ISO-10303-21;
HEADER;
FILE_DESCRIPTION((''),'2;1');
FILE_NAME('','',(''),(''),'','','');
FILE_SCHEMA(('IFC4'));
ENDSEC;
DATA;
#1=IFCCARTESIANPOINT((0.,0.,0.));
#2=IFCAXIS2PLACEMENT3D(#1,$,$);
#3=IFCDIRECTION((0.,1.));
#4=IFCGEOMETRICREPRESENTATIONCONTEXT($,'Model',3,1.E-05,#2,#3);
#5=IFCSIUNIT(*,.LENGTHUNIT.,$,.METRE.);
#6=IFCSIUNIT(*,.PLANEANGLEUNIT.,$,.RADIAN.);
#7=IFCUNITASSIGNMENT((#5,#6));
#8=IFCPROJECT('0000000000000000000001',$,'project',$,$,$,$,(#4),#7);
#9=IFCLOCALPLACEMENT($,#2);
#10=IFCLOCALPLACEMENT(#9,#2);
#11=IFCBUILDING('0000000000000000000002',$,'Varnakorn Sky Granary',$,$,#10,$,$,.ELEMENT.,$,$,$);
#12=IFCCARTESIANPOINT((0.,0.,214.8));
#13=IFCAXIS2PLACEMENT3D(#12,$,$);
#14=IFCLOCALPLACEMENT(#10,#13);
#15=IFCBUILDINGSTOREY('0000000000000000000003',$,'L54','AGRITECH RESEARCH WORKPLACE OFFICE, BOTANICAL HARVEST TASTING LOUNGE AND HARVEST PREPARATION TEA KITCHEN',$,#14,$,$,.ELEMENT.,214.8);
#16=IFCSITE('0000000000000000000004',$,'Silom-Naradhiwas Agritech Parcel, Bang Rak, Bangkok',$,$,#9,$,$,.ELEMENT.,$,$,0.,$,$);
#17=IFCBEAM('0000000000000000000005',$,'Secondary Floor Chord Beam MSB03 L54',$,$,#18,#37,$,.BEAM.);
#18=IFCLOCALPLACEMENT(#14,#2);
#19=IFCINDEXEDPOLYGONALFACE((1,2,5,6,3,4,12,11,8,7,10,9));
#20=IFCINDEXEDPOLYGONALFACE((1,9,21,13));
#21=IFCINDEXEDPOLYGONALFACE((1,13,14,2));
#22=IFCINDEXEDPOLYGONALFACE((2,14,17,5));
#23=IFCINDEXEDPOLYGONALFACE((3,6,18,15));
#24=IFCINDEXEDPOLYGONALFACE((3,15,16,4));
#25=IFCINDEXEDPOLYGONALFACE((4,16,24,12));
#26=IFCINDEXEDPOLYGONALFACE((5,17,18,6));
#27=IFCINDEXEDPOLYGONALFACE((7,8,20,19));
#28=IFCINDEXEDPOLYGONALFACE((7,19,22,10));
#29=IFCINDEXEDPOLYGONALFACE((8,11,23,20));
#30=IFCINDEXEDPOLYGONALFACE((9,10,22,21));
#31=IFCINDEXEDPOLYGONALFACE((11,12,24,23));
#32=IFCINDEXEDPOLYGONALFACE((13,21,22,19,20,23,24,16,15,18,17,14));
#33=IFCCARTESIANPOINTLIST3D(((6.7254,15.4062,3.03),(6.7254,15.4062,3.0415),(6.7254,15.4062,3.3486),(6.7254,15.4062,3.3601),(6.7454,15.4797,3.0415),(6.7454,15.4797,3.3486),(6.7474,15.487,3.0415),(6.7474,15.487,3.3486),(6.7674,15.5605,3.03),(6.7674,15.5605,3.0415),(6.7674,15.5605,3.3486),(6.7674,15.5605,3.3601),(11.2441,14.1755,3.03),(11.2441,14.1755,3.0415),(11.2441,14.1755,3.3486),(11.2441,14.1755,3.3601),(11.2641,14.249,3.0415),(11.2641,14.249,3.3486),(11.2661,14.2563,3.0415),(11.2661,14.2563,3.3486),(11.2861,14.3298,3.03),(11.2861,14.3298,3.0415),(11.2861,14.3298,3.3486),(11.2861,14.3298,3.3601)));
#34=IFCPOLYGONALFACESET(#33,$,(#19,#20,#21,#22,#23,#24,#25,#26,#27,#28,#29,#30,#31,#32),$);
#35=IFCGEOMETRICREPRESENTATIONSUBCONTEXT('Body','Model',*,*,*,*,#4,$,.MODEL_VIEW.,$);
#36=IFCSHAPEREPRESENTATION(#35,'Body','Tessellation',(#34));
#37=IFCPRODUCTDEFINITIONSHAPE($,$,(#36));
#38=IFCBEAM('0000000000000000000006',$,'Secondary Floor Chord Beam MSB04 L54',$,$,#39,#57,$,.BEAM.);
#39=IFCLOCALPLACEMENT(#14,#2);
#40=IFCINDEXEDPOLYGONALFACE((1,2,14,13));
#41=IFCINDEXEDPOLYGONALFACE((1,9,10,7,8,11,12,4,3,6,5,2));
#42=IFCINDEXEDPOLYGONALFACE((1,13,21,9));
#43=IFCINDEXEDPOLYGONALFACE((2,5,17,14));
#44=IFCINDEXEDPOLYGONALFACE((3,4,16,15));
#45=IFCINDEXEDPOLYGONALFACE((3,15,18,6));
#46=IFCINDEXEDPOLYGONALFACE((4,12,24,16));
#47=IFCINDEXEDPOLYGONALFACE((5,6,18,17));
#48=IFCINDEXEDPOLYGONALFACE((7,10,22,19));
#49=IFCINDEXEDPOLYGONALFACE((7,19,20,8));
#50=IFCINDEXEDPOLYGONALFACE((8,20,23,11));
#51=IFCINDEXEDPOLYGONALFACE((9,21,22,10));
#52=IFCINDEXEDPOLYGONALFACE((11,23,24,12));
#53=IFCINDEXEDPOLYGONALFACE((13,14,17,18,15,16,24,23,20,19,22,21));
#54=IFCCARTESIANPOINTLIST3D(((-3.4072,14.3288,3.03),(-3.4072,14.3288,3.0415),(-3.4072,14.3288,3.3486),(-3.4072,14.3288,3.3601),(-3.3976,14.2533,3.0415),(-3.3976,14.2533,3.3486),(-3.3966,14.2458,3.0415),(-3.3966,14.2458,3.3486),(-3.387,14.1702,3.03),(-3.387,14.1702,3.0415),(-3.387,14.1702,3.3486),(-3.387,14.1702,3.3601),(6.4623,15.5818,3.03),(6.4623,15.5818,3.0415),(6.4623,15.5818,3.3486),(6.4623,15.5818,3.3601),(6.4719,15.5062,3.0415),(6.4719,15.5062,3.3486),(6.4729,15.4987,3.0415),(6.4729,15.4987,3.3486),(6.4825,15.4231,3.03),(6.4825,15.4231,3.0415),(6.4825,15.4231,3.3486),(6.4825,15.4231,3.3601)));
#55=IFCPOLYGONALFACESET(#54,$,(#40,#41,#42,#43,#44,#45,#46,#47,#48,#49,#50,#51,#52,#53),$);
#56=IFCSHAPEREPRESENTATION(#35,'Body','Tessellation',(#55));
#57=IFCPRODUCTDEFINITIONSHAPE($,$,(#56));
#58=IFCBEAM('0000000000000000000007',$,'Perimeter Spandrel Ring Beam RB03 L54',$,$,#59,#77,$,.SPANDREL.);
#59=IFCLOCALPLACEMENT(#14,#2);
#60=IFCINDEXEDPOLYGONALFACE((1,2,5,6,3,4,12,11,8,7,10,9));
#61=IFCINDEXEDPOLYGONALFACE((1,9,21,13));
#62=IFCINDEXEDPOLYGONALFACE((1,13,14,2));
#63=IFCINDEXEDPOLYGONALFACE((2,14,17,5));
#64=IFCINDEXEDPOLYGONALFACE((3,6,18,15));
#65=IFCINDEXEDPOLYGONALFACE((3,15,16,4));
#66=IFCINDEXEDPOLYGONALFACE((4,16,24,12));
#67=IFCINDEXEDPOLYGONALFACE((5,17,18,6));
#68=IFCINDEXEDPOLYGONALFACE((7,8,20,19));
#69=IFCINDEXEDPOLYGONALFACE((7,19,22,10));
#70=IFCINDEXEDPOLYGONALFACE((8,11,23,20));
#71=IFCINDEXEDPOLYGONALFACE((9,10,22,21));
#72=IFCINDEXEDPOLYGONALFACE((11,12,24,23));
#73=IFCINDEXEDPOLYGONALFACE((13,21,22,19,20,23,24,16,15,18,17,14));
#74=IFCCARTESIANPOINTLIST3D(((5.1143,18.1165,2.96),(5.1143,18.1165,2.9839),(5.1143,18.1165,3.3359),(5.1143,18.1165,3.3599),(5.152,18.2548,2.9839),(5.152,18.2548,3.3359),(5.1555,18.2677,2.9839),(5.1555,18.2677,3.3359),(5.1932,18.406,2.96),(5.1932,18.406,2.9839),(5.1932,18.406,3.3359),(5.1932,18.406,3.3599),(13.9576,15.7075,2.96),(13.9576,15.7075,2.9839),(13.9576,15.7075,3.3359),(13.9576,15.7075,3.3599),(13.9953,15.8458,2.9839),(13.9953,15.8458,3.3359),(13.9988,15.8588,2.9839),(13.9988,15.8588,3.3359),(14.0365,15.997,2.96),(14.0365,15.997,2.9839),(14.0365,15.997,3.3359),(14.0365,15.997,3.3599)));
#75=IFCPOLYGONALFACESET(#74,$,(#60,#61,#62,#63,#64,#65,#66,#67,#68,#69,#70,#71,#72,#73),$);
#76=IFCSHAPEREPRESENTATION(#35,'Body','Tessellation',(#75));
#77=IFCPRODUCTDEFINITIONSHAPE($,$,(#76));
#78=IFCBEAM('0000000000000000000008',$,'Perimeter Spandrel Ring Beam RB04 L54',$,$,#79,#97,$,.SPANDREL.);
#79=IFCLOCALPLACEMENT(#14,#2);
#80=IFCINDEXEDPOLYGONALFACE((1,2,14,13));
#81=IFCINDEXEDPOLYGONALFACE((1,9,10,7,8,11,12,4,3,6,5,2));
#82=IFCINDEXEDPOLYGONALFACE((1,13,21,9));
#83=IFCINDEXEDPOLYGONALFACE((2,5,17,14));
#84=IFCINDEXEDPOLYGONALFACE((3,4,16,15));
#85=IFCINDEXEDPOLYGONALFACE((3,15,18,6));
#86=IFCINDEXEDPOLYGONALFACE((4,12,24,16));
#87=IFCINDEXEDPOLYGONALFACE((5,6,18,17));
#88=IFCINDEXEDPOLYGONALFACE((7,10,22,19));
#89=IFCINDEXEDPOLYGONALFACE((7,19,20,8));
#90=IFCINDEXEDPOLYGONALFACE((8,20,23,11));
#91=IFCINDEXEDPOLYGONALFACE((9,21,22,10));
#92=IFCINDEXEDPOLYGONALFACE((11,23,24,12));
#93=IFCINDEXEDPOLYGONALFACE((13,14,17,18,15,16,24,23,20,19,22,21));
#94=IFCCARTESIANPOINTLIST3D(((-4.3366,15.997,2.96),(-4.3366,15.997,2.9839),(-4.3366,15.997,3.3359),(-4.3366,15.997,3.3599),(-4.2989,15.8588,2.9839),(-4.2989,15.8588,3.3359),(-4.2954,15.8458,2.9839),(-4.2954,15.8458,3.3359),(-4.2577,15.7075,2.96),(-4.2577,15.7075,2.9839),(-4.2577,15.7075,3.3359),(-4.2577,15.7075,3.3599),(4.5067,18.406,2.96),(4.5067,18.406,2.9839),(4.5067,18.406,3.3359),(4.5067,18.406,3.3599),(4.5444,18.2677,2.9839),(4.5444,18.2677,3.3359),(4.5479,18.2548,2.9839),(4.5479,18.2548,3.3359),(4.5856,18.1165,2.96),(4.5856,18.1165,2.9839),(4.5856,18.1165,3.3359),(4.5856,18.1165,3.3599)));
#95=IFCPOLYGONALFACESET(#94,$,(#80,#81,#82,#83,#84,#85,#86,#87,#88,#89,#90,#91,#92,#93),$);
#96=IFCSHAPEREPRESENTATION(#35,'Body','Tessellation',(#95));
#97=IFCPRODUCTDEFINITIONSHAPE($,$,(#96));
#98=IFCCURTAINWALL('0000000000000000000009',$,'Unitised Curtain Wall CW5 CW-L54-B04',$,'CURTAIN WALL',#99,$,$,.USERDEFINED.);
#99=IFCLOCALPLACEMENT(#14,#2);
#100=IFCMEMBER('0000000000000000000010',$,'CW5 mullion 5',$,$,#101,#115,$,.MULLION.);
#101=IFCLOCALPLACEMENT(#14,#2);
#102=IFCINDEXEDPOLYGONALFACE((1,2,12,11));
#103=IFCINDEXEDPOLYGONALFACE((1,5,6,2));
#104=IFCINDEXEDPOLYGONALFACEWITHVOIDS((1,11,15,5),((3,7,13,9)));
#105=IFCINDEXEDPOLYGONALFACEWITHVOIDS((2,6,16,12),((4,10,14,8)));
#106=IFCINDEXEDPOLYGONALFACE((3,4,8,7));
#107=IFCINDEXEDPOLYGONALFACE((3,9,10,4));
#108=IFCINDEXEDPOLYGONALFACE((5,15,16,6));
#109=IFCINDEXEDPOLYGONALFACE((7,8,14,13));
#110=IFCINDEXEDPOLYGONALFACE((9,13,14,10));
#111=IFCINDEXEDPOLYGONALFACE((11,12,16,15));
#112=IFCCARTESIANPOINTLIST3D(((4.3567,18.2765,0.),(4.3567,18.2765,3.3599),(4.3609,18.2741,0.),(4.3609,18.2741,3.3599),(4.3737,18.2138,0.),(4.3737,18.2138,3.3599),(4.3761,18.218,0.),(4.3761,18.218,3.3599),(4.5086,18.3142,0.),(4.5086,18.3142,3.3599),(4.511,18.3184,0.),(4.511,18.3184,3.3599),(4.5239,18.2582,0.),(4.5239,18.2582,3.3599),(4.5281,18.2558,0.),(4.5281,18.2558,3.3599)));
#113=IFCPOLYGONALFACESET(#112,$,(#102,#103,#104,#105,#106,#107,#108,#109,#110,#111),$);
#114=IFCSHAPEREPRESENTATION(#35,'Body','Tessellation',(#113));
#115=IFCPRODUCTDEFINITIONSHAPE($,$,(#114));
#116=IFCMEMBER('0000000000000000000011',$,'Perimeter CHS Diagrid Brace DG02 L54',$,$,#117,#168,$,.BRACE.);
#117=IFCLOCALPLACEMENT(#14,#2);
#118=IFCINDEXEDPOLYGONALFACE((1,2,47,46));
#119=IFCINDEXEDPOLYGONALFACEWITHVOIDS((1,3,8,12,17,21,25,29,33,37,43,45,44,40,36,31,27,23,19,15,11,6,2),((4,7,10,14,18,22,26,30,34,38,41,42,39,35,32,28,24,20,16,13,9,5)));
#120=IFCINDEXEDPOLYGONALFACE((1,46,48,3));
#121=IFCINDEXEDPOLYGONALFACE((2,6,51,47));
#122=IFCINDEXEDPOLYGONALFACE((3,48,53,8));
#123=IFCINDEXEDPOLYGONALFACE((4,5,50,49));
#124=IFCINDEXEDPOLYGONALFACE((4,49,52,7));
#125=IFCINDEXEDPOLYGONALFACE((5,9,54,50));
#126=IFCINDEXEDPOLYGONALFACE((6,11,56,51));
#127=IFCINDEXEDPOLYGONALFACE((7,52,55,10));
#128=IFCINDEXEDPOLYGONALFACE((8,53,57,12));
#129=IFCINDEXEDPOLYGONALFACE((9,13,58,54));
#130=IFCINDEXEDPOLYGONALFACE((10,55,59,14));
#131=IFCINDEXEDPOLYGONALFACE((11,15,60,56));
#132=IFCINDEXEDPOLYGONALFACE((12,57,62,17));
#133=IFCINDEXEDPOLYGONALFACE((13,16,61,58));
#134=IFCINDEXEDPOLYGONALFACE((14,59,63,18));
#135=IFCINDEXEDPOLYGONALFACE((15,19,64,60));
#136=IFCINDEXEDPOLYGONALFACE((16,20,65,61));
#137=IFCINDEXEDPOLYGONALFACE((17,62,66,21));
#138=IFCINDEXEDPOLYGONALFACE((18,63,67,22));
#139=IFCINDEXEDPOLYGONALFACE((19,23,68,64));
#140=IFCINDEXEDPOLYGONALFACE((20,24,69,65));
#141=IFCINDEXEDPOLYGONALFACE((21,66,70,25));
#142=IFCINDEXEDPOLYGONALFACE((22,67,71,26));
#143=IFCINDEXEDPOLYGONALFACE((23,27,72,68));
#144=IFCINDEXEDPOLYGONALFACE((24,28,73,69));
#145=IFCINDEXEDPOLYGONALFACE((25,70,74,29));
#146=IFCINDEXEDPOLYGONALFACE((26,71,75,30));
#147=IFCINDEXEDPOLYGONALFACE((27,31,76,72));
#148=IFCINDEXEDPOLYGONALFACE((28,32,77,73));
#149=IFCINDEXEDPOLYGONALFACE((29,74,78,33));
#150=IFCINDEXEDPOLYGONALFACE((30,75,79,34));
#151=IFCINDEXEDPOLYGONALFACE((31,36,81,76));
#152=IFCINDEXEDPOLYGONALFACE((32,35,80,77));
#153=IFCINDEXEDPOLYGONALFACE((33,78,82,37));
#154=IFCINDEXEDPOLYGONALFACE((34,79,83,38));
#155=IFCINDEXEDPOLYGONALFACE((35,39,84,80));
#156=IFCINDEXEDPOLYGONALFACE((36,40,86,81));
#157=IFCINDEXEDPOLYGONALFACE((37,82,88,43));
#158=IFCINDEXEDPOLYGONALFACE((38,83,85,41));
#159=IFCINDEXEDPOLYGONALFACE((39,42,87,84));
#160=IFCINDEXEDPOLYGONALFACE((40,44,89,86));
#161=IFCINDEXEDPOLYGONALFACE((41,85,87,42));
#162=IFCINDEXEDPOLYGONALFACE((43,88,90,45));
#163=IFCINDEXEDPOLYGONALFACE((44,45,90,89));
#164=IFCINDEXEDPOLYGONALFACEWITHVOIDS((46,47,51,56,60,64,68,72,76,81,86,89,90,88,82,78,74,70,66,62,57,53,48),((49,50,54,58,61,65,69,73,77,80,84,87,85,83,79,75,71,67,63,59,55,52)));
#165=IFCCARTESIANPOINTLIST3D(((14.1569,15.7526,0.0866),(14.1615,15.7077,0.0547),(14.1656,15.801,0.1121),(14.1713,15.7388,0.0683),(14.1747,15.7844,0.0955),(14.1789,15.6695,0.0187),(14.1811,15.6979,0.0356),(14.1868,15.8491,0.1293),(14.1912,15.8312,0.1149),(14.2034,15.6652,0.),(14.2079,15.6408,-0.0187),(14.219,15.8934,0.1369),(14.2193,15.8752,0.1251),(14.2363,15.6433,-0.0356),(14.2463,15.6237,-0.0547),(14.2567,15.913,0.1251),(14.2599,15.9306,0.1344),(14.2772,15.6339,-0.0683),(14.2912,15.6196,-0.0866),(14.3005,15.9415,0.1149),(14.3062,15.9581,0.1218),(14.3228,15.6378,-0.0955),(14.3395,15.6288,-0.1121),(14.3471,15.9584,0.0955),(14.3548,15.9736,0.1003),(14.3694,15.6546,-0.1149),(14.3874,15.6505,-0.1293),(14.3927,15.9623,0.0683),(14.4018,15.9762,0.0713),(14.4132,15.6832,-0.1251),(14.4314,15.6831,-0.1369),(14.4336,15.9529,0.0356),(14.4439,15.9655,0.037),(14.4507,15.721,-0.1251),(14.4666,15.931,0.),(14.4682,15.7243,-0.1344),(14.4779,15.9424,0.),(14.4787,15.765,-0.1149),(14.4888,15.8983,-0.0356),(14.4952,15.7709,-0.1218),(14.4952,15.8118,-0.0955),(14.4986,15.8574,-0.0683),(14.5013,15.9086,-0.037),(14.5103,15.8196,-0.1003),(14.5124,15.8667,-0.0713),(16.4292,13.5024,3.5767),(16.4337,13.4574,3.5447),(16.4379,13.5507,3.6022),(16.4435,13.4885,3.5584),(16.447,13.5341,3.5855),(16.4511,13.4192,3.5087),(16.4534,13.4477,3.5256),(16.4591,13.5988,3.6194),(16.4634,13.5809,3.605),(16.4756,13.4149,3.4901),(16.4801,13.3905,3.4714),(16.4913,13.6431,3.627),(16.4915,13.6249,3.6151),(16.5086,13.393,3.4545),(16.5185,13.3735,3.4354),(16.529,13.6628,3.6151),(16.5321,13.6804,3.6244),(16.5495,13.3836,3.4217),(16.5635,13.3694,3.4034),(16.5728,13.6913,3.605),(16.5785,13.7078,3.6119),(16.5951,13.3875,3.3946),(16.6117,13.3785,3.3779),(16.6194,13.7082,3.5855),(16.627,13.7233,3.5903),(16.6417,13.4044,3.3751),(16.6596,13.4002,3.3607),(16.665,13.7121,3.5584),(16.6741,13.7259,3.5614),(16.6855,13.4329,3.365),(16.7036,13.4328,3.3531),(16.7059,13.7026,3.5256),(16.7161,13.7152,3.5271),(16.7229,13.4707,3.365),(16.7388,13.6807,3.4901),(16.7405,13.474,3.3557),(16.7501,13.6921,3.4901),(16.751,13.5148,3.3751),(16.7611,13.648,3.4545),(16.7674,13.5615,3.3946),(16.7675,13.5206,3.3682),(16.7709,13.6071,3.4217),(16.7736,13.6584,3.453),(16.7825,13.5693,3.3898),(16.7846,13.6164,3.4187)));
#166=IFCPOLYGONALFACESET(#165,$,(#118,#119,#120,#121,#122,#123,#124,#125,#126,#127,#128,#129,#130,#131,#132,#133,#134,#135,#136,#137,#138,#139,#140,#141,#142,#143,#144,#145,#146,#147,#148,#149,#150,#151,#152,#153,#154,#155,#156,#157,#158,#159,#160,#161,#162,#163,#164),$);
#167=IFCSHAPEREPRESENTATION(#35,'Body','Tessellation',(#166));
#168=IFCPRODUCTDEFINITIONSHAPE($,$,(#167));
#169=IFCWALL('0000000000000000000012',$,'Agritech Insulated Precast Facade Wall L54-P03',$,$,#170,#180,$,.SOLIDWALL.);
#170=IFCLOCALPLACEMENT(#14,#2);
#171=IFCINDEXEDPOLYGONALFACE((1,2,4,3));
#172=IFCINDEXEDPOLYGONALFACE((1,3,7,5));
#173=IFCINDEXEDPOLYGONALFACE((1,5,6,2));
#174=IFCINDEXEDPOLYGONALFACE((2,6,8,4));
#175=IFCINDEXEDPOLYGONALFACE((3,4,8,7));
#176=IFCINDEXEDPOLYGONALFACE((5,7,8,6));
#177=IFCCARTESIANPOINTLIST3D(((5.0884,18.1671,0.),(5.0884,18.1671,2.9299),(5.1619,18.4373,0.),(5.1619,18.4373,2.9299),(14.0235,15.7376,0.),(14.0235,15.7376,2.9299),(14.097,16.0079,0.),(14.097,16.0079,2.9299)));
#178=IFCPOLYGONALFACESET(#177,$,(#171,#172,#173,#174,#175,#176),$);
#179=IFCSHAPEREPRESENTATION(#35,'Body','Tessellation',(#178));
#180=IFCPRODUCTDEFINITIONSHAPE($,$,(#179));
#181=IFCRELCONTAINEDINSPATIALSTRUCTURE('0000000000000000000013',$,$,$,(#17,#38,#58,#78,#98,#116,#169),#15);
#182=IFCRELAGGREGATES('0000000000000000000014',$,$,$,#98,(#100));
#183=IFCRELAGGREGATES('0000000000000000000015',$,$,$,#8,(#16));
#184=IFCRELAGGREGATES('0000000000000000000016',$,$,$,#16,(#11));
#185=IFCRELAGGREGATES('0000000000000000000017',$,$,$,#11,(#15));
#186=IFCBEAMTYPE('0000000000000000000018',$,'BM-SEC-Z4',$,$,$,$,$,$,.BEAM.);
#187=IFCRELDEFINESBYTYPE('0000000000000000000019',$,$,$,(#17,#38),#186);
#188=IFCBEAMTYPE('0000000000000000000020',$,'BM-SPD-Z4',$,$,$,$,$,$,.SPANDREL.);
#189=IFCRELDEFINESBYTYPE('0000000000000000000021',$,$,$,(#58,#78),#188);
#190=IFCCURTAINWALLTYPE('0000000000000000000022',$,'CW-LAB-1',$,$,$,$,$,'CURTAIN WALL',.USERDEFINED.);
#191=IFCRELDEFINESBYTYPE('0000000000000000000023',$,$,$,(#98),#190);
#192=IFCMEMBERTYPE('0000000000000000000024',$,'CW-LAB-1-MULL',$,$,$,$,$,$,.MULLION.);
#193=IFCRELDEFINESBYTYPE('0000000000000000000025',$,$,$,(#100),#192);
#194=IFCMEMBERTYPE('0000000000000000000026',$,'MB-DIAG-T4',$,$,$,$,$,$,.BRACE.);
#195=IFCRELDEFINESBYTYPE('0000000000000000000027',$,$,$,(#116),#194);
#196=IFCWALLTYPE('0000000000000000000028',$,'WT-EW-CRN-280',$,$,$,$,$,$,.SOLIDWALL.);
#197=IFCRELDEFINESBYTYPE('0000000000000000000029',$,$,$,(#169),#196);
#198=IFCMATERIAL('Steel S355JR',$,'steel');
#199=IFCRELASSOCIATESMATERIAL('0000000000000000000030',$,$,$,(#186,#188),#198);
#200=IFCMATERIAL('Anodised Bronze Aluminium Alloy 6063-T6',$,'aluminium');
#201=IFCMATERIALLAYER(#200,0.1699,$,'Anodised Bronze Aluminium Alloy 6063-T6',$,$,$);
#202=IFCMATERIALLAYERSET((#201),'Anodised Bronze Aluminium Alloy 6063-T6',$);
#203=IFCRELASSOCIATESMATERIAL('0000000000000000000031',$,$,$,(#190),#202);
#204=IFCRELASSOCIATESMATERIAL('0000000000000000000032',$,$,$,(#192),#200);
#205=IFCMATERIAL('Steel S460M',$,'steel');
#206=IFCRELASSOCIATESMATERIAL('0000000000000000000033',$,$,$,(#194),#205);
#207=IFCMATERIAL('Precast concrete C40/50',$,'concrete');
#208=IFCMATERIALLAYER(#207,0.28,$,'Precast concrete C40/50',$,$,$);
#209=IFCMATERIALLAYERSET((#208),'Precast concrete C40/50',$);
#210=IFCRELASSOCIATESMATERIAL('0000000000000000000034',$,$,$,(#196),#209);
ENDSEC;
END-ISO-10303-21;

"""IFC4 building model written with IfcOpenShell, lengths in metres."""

from ifc_helpers import new_model, si_unit, direction, frame, frame_2d, origin, origin_2d, place, context, subcontext, project, spatial, rectangle, hollow_rectangle, hollow_circle, i_section, extrude, material, layer, layer_set, material_profile, profile_set, type_object, element, aggregate, save


model = new_model("IFC4")

# Units and contexts
model_context = context("Model", 3, precision=1e-05, world=origin(), true_north=direction((0.0, 1.0)))
body_context = subcontext(model_context, "Body", "Model", "MODEL_VIEW")
ifc_project = project(units=[si_unit("LENGTHUNIT", "METRE"), si_unit("PLANEANGLEUNIT", "RADIAN")], contexts=[model_context])

# Site, building, storey
site_placement = place(None, origin())
site = spatial("IfcSite", under=ifc_project, at=site_placement, Name="Silom-Naradhiwas Agritech Parcel, Bang Rak, Bangkok", CompositionType="ELEMENT", RefElevation=0.0)
building_placement = place(site_placement, origin())
building = spatial("IfcBuilding", under=site, at=building_placement, Name="Varnakorn Sky Granary", CompositionType="ELEMENT")
storey_placement = place(building_placement, frame((0.0, 0.0, 214.8)))
storey = spatial("IfcBuildingStorey", under=building, at=storey_placement, Name="L54", Description="AGRITECH RESEARCH WORKPLACE OFFICE, BOTANICAL HARVEST TASTING LOUNGE AND HARVEST PREPARATION TEA KITCHEN", CompositionType="ELEMENT", Elevation=214.8)

# Shared definitions
ifc_material_1 = material(Name="Steel S460M", Category="steel")

# Beams
ifc_material_2 = material(Name="Steel S355JR", Category="steel")
ifc_material_profile_1 = material_profile(ifc_material_2, i_section(OverallWidth=0.1599, OverallDepth=0.3301, WebThickness=0.0076, FlangeThickness=0.0115, at=origin_2d()), Name="IPE 330")
ifc_profile_set_1 = profile_set([ifc_material_profile_1], Name="Steel S355JR")
beam_type_1 = type_object("IfcBeamType", Name="BM-SEC-Z4", PredefinedType="BEAM", material=ifc_profile_set_1)
beam_1_placement = place(storey_placement, frame((11.2651, 14.2527, 3.1951), z_axis=(-0.964855, 0.262782, 0.0), x_axis=(-0.262782, -0.964855, 0.0)))
element("IfcBeam", 1, at=beam_1_placement, inside=storey, type_object=beam_type_1, Name="Secondary Floor Chord Beam MSB03 L54", PredefinedType="BEAM", context=body_context, shape_type="SweptSolid", body=[
    extrude(i_section(OverallWidth=0.1599, OverallDepth=0.3301, WebThickness=0.0076, FlangeThickness=0.0115, at=origin_2d()), origin(), (0.0, 0.0, 1.0), 4.6833),
])
beam_2_placement = place(storey_placement, frame((6.4724, 15.5024, 3.1951), z_axis=(-0.992038, -0.125937, 0.0), x_axis=(0.125937, -0.992038, 0.0)))
element("IfcBeam", 2, at=beam_2_placement, inside=storey, type_object=beam_type_1, Name="Secondary Floor Chord Beam MSB04 L54", PredefinedType="BEAM", context=body_context, shape_type="SweptSolid", body=[
    extrude(i_section(OverallWidth=0.1599, OverallDepth=0.3301, WebThickness=0.0076, FlangeThickness=0.0115, at=origin_2d()), origin(), (0.0, 0.0, 1.0), 9.9487),
])
ifc_material_profile_2 = material_profile(ifc_material_2, i_section(OverallWidth=0.3, OverallDepth=0.3999, WebThickness=0.0134, FlangeThickness=0.0239, at=origin_2d()), Name="HE 400 B")
ifc_profile_set_2 = profile_set([ifc_material_profile_2], Name="Steel S355JR")
beam_type_2 = type_object("IfcBeamType", Name="BM-SPD-Z4", PredefinedType="SPANDREL", material=ifc_profile_set_2)
for number, where, z_axis, x_axis, name in (
    (3, (13.9971, 15.8523, 3.1599), (-0.964843, 0.262827, 0.0), (-0.262827, -0.964843, 0.0), "Perimeter Spandrel Ring Beam RB03 L54"),
    (4, (4.5461, 18.2612, 3.1599), (-0.964843, -0.262827, 0.0), (0.262827, -0.964843, 0.0), "Perimeter Spandrel Ring Beam RB04 L54"),
):
    element("IfcBeam", number, at=place(storey_placement, frame(where, z_axis=z_axis, x_axis=x_axis)), inside=storey, type_object=beam_type_2, Name=name, PredefinedType="SPANDREL", context=body_context, shape_type="SweptSolid", body=[
        extrude(i_section(OverallWidth=0.3, OverallDepth=0.3999, WebThickness=0.0134, FlangeThickness=0.0239, at=origin_2d()), origin(), (0.0, 0.0, 1.0), 9.1655),
    ])

# Curtain wall, member
ifc_material_3 = material(Name="Anodised Bronze Aluminium Alloy 6063-T6", Category="aluminium")
ifc_layer_1 = layer(ifc_material_3, 0.1699, Name="Anodised Bronze Aluminium Alloy 6063-T6")
ifc_layer_set_1 = layer_set([ifc_layer_1], Name="Anodised Bronze Aluminium Alloy 6063-T6")
curtain_wall_type = type_object("IfcCurtainWallType", Name="CW-LAB-1", ElementType="CURTAIN WALL", PredefinedType="USERDEFINED", material=ifc_layer_set_1)
curtain_wall_placement = place(storey_placement, origin())
curtain_wall = element("IfcCurtainWall", 5, at=curtain_wall_placement, inside=storey, type_object=curtain_wall_type, Name="Unitised Curtain Wall CW5 CW-L54-B04", ObjectType="CURTAIN WALL", PredefinedType="USERDEFINED")
ifc_material_profile_3 = material_profile(ifc_material_3, hollow_rectangle(XDim=0.0649, YDim=0.1599, WallThickness=0.0034, at=origin_2d()), Name="ALU MULL 65x160")
ifc_profile_set_3 = profile_set([ifc_material_profile_3], Name="Anodised Bronze Aluminium Alloy 6063-T6")
member_type_1 = type_object("IfcMemberType", Name="CW-LAB-1-MULL", PredefinedType="MULLION", material=ifc_profile_set_3)
member_1_placement = place(storey_placement, frame((4.4424, 18.2661, 0.0), z_axis=(0.0, 0.0, 1.0), x_axis=(-0.262381, 0.964964, 0.0)))
member_1 = element("IfcMember", 6, at=member_1_placement, type_object=member_type_1, Name="CW5 mullion 5", PredefinedType="MULLION", context=body_context, shape_type="SweptSolid", body=[
    extrude(hollow_rectangle(XDim=0.0649, YDim=0.1599, WallThickness=0.0034, at=origin_2d()), origin(), (0.0, 0.0, 1.0), 3.3599),
])
aggregate(curtain_wall, [member_1])

# Member
ifc_material_profile_4 = material_profile(ifc_material_1, hollow_circle(Radius=0.2031, WallThickness=0.0161, at=origin_2d()), Name="CHS 406.4x16")
ifc_profile_set_4 = profile_set([ifc_material_profile_4], Name="Steel S460M")
member_type_2 = type_object("IfcMemberType", Name="MB-DIAG-T4", PredefinedType="BRACE", material=ifc_profile_set_4)
member_2_placement = place(storey_placement, frame((14.335, 15.7981, 0.0), z_axis=(0.480023, -0.475381, 0.737286), x_axis=(0.703663, 0.710534, 0.0)))
element("IfcMember", 7, at=member_2_placement, inside=storey, type_object=member_type_2, Name="Perimeter CHS Diagrid Brace DG02 L54", PredefinedType="BRACE", context=body_context, shape_type="SweptSolid", body=[
    extrude(hollow_circle(Radius=0.2031, WallThickness=0.0161, at=origin_2d()), origin(), (0.0, 0.0, 1.0), 4.7336),
])

# Wall
ifc_material_4 = material(Name="Precast concrete C40/50", Category="concrete")
ifc_layer_2 = layer(ifc_material_4, 0.28, Name="Precast concrete C40/50")
ifc_layer_set_2 = layer_set([ifc_layer_2], Name="Precast concrete C40/50")
wall_type_1 = type_object("IfcWallType", Name="WT-EW-CRN-280", PredefinedType="SOLIDWALL", material=ifc_layer_set_2)
wall_1_placement = place(storey_placement, frame((5.125, 18.3022, 0.0), z_axis=(0.0, 0.0, 1.0), x_axis=(0.964966, -0.262374, 0.0)))
element("IfcWall", 8, at=wall_1_placement, inside=storey, type_object=wall_type_1, Name="Agritech Insulated Precast Facade Wall L54-P03", PredefinedType="SOLIDWALL", context=body_context, shape_type="SweptSolid", body=[
    extrude(rectangle(XDim=9.2595, YDim=0.28, at=frame_2d((4.6299, 0.0))), origin(), (0.0, 0.0, 1.0), 2.9299),
])

save(model, "model.ifc")
